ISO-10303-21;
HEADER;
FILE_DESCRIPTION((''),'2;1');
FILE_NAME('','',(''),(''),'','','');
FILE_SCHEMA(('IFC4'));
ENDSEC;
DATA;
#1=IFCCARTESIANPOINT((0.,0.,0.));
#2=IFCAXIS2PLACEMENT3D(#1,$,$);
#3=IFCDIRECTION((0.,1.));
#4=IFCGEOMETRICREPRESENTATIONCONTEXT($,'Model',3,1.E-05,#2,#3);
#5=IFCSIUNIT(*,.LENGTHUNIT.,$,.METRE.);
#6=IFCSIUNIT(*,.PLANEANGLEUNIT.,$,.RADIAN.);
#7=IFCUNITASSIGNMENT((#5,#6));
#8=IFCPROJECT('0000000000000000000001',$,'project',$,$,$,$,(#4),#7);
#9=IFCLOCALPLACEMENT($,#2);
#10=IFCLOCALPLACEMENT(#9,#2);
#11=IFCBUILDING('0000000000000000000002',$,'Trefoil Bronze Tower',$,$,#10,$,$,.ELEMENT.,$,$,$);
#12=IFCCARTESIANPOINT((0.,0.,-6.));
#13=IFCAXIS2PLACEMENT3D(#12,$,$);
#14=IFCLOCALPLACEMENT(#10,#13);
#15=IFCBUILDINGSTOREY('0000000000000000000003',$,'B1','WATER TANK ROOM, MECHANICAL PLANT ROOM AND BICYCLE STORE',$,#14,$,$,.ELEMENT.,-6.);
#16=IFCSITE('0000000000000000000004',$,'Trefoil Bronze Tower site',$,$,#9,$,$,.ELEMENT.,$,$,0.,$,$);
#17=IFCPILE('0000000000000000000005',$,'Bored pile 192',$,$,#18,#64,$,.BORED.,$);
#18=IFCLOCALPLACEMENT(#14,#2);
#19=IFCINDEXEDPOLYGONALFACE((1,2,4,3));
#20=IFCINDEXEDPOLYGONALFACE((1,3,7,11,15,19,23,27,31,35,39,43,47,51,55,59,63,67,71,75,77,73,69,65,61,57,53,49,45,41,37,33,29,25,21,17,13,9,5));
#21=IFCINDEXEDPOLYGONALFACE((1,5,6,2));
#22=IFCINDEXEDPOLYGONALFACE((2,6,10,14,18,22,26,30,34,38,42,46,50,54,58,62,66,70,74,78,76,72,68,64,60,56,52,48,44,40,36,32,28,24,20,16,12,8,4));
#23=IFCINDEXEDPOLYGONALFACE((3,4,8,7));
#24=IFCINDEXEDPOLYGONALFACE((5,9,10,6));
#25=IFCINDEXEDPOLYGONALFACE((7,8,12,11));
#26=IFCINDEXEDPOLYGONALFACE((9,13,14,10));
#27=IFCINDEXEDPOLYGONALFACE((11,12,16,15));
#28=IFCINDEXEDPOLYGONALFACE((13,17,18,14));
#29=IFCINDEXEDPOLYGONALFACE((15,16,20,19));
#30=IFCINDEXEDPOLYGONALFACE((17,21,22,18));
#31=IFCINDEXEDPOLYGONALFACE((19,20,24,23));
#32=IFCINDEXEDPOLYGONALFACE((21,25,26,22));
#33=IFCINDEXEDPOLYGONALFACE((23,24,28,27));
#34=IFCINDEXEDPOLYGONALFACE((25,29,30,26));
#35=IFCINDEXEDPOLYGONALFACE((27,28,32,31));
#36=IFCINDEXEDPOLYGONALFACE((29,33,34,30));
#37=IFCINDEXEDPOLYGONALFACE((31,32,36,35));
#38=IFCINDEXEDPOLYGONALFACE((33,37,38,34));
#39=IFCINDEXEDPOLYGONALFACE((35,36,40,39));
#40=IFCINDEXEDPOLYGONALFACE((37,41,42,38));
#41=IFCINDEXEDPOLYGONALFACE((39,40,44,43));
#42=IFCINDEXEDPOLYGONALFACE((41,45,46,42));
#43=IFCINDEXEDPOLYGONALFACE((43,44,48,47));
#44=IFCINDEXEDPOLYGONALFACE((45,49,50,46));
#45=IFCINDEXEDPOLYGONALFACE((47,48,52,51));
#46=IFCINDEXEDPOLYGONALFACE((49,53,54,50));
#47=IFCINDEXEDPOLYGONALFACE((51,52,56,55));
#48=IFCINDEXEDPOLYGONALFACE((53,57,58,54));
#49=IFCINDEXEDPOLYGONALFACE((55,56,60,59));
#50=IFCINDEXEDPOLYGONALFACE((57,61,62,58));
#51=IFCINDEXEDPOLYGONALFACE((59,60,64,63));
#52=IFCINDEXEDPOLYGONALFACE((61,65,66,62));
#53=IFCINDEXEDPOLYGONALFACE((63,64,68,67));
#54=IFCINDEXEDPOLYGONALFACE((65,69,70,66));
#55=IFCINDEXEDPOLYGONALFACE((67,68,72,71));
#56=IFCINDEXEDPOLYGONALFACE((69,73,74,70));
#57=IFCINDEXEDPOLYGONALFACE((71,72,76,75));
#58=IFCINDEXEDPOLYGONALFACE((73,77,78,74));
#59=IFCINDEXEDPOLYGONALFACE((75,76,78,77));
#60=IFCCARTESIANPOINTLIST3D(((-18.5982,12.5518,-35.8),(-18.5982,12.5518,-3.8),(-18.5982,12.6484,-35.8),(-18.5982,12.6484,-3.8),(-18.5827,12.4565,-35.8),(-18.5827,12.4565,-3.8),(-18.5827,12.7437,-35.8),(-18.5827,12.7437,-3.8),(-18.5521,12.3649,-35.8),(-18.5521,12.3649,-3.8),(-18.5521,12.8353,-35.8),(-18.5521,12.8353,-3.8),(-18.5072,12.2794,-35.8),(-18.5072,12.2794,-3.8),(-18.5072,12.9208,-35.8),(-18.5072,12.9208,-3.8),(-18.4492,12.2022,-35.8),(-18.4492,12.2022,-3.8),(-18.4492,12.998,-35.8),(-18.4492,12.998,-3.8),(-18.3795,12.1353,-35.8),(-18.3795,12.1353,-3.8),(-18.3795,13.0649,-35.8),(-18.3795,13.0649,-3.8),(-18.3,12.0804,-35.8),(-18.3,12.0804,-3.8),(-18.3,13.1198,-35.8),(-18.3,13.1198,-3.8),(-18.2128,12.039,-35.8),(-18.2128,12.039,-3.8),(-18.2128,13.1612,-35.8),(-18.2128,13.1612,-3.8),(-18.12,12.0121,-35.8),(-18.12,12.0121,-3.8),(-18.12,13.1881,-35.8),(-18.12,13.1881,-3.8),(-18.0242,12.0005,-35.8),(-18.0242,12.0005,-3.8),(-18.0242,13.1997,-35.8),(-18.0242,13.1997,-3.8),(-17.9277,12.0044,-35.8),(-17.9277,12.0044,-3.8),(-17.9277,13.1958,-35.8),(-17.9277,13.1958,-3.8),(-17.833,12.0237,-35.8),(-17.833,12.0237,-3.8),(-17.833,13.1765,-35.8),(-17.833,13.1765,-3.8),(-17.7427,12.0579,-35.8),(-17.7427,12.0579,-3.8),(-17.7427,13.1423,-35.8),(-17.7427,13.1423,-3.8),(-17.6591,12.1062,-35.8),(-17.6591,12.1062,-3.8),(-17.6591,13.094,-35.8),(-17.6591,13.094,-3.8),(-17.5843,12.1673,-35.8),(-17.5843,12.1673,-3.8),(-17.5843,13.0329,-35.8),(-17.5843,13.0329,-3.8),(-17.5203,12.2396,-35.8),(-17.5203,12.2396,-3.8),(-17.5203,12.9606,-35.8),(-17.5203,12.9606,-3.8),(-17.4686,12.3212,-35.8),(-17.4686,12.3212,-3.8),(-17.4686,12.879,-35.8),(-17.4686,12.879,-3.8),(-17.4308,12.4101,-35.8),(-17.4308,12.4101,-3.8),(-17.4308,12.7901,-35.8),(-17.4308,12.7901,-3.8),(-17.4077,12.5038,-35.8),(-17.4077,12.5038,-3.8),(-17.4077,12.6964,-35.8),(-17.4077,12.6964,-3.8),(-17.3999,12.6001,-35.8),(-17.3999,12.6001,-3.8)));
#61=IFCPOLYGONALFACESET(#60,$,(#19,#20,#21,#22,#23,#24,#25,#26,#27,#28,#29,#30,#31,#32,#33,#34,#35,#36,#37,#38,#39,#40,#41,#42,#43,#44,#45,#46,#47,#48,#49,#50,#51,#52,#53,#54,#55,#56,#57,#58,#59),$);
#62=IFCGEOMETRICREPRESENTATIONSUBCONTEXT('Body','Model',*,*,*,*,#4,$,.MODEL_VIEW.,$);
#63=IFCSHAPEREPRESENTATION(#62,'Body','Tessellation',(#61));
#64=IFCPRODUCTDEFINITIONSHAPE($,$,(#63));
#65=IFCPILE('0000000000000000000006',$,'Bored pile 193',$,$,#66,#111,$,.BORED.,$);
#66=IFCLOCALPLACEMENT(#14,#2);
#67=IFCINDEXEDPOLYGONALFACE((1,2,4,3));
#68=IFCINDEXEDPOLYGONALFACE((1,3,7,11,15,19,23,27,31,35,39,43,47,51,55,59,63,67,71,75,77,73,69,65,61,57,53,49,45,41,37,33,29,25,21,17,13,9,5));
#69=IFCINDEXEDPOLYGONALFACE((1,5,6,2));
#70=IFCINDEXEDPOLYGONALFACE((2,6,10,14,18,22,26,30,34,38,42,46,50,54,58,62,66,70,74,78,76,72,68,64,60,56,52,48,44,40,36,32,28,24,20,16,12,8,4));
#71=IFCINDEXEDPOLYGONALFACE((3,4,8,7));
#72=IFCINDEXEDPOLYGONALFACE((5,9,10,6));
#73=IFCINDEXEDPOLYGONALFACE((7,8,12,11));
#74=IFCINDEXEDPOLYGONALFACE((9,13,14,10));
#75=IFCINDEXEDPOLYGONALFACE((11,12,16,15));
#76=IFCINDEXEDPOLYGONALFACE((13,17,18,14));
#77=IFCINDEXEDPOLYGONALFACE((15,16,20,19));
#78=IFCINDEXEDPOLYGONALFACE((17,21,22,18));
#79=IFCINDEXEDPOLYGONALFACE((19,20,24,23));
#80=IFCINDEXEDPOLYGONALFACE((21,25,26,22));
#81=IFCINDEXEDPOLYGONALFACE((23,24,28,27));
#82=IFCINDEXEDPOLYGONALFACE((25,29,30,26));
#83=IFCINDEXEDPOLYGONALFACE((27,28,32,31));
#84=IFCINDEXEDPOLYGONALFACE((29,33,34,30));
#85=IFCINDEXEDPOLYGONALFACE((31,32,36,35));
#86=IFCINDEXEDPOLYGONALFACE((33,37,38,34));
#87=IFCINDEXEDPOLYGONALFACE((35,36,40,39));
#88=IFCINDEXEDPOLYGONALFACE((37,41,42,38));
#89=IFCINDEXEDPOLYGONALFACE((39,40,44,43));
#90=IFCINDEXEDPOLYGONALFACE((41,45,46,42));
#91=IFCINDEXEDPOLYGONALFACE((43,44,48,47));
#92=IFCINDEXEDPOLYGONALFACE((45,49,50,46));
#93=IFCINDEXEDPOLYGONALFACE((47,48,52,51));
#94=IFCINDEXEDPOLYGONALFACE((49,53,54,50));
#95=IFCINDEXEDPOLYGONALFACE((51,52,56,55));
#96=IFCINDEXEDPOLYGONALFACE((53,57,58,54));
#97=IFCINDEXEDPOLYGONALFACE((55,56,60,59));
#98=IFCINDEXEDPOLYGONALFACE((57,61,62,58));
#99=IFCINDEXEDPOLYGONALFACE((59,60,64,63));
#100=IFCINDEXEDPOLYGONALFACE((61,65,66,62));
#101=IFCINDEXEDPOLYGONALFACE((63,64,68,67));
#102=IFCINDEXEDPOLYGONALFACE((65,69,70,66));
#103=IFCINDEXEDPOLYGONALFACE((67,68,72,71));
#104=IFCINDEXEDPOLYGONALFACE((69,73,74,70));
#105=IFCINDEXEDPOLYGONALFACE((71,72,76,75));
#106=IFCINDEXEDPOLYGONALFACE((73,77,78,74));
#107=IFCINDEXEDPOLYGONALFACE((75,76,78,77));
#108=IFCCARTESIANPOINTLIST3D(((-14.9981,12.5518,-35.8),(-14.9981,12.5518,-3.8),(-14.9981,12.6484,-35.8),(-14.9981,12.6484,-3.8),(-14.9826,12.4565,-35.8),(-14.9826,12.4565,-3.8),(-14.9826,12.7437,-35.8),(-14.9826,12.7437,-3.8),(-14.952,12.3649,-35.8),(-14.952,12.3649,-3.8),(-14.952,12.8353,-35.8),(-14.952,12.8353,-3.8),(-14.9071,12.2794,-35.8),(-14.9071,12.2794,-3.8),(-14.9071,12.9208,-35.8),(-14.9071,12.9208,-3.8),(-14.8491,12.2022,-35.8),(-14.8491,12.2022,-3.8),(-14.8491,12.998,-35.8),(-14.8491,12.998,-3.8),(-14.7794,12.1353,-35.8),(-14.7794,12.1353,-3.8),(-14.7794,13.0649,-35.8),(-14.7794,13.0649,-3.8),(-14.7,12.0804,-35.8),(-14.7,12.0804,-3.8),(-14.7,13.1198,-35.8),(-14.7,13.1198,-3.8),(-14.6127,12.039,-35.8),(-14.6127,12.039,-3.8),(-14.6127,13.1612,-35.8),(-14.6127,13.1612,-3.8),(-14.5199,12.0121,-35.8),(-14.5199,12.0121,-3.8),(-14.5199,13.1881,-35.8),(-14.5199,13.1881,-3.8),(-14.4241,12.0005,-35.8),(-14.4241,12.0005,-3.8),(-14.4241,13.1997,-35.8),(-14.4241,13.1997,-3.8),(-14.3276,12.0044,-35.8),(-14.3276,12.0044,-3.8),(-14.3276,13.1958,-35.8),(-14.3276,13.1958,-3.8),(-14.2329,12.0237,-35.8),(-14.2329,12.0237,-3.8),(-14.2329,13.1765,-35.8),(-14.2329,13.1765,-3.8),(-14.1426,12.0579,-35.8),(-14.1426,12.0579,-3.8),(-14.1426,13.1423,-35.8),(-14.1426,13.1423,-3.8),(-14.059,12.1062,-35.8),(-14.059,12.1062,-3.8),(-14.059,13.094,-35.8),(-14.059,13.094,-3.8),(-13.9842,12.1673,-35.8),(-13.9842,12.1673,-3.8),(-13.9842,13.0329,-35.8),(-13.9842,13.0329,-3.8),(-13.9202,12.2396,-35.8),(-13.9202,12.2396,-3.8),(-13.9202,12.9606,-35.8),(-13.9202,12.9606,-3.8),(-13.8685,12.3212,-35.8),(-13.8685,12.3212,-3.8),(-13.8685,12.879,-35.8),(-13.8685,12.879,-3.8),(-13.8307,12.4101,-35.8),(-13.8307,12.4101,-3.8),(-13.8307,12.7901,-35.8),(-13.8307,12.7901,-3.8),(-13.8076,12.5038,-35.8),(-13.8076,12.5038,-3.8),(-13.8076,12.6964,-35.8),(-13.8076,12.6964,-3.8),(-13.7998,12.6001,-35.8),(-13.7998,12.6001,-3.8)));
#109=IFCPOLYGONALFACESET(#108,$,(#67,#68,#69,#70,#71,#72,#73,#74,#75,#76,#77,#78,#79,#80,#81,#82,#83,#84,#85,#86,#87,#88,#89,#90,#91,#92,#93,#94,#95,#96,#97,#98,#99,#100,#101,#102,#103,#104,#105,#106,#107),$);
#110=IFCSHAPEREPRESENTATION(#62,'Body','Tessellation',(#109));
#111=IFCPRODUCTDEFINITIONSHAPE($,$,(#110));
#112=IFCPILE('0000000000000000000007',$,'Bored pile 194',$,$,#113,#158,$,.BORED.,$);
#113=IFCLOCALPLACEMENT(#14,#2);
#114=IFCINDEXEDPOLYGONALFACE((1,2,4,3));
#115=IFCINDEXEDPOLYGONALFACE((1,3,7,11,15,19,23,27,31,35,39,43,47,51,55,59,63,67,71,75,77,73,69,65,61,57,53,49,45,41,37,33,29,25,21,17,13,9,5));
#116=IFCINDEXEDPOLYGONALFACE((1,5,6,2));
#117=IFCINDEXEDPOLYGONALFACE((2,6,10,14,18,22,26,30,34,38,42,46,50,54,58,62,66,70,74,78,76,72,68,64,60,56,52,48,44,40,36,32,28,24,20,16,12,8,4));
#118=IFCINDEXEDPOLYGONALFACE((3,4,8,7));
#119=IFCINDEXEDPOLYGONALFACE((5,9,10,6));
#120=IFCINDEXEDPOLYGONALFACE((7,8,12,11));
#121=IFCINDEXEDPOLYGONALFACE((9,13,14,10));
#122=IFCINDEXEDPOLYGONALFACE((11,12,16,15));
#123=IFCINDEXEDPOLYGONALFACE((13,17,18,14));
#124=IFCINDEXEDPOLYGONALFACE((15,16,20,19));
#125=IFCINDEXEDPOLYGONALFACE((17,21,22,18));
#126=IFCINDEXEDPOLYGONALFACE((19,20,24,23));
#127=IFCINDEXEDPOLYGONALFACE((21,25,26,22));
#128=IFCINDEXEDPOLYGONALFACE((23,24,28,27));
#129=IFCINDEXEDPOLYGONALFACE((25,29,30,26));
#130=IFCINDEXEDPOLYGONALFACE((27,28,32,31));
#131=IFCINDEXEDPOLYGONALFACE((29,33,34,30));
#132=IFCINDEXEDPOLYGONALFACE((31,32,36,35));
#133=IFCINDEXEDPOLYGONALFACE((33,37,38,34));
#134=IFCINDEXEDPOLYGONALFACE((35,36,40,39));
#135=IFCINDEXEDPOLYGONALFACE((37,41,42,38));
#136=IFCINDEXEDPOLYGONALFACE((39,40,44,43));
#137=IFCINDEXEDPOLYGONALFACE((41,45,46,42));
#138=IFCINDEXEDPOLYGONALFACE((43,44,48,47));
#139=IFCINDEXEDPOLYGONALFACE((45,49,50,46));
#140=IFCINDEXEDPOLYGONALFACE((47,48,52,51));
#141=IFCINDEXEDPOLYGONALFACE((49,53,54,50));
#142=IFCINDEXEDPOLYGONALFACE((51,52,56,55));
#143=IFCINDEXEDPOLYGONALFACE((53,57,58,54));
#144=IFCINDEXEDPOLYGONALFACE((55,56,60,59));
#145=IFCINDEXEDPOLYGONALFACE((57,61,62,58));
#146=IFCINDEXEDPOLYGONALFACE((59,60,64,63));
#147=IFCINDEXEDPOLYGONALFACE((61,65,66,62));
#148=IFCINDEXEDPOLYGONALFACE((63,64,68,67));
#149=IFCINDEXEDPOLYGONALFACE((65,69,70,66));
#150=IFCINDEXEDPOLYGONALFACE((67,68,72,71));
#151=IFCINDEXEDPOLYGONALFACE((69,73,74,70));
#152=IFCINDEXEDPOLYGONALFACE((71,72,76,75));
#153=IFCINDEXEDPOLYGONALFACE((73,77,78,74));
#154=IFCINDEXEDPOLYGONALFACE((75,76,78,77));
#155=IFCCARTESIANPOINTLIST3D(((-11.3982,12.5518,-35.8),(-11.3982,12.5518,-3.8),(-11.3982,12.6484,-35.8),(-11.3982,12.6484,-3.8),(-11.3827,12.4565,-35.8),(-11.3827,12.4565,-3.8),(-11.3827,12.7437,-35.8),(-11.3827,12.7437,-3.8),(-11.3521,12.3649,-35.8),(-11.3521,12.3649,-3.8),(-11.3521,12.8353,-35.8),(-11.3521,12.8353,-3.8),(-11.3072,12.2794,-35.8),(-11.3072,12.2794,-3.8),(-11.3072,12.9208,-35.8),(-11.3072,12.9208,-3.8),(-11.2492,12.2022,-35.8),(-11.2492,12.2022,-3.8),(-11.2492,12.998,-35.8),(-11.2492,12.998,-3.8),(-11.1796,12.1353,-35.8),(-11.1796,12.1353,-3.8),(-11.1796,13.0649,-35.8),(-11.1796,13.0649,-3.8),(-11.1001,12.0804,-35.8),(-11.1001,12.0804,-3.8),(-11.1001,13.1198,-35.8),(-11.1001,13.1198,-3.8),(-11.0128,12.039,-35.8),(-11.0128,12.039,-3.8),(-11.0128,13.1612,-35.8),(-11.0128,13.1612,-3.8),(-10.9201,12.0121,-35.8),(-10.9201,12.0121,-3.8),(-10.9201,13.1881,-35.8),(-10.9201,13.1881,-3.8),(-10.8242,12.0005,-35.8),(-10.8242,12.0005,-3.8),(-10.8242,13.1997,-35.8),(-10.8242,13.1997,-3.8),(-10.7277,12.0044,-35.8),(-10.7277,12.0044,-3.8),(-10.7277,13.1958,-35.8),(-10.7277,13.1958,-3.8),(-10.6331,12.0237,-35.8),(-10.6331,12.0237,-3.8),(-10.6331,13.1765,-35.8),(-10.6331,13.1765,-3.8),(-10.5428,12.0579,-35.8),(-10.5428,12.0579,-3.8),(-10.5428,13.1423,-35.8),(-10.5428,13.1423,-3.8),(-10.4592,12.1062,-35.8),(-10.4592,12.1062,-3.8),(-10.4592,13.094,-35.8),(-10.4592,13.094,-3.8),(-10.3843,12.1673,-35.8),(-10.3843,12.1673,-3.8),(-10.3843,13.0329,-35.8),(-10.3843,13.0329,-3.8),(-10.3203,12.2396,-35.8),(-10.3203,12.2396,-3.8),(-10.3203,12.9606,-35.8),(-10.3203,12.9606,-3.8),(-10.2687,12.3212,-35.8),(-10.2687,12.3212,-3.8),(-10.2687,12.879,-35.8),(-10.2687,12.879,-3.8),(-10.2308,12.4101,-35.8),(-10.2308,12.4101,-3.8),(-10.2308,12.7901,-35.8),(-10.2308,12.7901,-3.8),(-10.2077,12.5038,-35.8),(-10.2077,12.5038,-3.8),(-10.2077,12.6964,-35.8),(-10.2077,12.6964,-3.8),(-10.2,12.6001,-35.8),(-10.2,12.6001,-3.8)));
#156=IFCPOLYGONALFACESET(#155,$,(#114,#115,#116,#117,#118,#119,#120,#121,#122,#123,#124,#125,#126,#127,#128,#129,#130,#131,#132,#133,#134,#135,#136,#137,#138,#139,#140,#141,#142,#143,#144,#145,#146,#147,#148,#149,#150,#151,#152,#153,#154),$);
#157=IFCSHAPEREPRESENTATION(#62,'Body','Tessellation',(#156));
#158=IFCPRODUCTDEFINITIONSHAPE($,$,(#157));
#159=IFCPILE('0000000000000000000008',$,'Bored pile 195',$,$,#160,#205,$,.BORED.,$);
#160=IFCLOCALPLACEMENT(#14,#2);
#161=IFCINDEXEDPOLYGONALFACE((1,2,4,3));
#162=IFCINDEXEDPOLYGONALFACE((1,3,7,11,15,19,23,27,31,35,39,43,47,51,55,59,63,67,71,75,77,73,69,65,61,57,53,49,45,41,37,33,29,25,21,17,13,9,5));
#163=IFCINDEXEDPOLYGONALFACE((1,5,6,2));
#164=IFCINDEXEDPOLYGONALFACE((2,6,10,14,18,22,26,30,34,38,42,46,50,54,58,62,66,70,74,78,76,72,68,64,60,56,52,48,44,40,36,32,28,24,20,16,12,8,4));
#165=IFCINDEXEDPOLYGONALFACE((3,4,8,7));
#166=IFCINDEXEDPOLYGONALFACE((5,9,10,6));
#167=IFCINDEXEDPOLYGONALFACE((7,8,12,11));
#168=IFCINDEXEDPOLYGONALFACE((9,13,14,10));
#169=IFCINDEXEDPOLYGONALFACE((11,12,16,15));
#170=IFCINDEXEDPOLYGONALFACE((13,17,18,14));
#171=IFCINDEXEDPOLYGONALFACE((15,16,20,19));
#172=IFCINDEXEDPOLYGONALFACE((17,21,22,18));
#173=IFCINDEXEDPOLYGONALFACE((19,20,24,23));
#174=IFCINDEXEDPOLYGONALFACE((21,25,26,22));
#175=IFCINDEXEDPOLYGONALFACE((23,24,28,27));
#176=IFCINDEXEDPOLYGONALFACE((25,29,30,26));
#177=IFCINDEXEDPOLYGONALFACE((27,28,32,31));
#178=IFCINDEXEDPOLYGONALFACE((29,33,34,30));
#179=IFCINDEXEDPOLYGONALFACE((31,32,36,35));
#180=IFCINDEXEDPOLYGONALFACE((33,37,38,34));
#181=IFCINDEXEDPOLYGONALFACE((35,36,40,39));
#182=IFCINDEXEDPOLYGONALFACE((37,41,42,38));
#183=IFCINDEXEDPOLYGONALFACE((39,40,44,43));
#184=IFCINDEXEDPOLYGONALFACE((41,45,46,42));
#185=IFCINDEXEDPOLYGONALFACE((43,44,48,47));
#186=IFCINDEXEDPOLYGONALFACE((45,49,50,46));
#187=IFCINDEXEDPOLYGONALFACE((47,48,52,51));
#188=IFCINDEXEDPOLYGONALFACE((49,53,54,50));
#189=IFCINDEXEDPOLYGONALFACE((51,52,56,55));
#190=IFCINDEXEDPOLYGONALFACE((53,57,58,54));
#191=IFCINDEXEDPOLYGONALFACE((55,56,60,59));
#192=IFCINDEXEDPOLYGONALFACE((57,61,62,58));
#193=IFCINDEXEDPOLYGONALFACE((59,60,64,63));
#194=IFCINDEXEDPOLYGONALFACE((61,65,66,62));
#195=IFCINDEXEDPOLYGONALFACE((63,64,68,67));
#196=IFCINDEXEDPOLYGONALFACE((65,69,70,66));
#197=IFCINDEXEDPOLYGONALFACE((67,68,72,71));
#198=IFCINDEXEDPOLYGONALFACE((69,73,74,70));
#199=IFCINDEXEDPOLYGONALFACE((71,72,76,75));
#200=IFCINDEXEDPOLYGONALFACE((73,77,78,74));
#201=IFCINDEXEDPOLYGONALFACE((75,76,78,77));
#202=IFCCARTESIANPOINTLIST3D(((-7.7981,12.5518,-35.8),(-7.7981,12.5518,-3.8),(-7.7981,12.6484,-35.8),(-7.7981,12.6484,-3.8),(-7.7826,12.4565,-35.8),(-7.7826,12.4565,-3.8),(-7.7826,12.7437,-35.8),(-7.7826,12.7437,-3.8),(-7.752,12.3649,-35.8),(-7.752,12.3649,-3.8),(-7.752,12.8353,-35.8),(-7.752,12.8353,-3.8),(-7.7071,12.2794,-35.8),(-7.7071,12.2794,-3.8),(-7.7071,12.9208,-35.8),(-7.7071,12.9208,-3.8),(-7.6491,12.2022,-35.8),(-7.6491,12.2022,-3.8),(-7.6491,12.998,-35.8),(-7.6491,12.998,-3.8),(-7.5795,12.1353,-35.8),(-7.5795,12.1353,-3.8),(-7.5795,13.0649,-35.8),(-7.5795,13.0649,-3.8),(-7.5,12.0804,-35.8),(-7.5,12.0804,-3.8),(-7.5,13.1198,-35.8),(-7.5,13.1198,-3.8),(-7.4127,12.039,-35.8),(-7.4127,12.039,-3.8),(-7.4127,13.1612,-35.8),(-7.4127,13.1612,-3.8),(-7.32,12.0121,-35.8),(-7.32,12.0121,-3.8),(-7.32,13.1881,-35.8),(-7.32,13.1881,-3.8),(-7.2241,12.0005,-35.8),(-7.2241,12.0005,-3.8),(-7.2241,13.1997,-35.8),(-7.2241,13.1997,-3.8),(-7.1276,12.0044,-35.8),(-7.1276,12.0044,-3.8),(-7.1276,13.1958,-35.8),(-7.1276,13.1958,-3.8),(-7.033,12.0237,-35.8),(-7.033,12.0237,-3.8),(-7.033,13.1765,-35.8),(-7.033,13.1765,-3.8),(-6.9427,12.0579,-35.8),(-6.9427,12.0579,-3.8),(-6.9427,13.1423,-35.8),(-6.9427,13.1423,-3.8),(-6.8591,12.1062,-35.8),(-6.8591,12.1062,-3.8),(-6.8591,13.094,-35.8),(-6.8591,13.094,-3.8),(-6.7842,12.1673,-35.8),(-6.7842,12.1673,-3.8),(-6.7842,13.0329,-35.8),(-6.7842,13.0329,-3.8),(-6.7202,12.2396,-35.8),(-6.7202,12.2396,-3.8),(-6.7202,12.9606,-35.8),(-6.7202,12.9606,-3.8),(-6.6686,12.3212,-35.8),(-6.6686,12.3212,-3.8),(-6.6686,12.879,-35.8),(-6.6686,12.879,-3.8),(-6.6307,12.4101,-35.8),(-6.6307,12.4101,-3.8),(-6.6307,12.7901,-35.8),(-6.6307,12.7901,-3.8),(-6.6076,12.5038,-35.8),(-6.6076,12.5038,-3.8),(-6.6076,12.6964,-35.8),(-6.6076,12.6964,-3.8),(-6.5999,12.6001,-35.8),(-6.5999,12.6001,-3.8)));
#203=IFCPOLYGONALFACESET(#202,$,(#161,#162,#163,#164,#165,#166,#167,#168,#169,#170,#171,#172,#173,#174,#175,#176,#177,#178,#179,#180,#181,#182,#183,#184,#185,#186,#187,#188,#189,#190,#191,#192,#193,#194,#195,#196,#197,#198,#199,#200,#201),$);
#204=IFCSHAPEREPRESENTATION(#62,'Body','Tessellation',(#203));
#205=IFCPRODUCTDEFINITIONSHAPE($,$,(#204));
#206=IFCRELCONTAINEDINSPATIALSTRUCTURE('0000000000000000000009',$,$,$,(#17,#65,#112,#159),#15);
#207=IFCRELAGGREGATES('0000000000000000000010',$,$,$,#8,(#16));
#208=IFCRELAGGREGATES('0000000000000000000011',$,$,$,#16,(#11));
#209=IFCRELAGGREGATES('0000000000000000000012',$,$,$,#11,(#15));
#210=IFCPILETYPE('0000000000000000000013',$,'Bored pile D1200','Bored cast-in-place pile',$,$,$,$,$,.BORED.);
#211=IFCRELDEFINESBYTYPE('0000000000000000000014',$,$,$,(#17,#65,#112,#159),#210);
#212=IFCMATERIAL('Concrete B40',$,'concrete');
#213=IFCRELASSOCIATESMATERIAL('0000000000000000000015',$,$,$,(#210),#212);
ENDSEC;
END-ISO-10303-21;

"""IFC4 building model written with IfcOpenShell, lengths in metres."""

from ifc_helpers import new_model, si_unit, direction, frame, origin, origin_2d, place, context, subcontext, project, spatial, circle, extrude, material, type_object, element, save


model = new_model("IFC4")

# Units and contexts
model_context = context("Model", 3, precision=1e-05, world=origin(), true_north=direction((0.0, 1.0)))
body_context = subcontext(model_context, "Body", "Model", "MODEL_VIEW")
ifc_project = project(units=[si_unit("LENGTHUNIT", "METRE"), si_unit("PLANEANGLEUNIT", "RADIAN")], contexts=[model_context])

# Site, building, storey
site_placement = place(None, origin())
site = spatial("IfcSite", under=ifc_project, at=site_placement, Name="Trefoil Bronze Tower site", CompositionType="ELEMENT", RefElevation=0.0)
building_placement = place(site_placement, origin())
building = spatial("IfcBuilding", under=site, at=building_placement, Name="Trefoil Bronze Tower", CompositionType="ELEMENT")
storey_placement = place(building_placement, frame((0.0, 0.0, -6.0)))
storey = spatial("IfcBuildingStorey", under=building, at=storey_placement, Name="B1", Description="WATER TANK ROOM, MECHANICAL PLANT ROOM AND BICYCLE STORE", CompositionType="ELEMENT", Elevation=-6.0)

# Piles
ifc_material_1 = material(Name="Concrete B40", Category="concrete")
pile_type = type_object("IfcPileType", Name="Bored pile D1200", Description="Bored cast-in-place pile", PredefinedType="BORED", material=ifc_material_1)
for number, where, z_axis, x_axis, name in (
    (1, (-18.0, 12.6001, -3.8), (0.0, 0.0, -1.0), (1.0, 0.0, 0.0), "Bored pile 192"),
    (2, (-14.3999, 12.6001, -3.8), (0.0, 0.0, -1.0), (1.0, 0.0, 0.0), "Bored pile 193"),
    (3, (-10.8, 12.6001, -3.8), (0.0, 0.0, -1.0), (1.0, 0.0, 0.0), "Bored pile 194"),
    (4, (-7.2, 12.6001, -3.8), (0.0, 0.0, -1.0), (1.0, 0.0, 0.0), "Bored pile 195"),
):
    element("IfcPile", number, at=place(storey_placement, frame(where, z_axis=z_axis, x_axis=x_axis)), inside=storey, type_object=pile_type, Name=name, PredefinedType="BORED", context=body_context, shape_type="SweptSolid", body=[
        extrude(circle(Radius=0.6001, at=origin_2d()), origin(), (0.0, 0.0, 1.0), 32.0),
    ])

save(model, "model.ifc")
